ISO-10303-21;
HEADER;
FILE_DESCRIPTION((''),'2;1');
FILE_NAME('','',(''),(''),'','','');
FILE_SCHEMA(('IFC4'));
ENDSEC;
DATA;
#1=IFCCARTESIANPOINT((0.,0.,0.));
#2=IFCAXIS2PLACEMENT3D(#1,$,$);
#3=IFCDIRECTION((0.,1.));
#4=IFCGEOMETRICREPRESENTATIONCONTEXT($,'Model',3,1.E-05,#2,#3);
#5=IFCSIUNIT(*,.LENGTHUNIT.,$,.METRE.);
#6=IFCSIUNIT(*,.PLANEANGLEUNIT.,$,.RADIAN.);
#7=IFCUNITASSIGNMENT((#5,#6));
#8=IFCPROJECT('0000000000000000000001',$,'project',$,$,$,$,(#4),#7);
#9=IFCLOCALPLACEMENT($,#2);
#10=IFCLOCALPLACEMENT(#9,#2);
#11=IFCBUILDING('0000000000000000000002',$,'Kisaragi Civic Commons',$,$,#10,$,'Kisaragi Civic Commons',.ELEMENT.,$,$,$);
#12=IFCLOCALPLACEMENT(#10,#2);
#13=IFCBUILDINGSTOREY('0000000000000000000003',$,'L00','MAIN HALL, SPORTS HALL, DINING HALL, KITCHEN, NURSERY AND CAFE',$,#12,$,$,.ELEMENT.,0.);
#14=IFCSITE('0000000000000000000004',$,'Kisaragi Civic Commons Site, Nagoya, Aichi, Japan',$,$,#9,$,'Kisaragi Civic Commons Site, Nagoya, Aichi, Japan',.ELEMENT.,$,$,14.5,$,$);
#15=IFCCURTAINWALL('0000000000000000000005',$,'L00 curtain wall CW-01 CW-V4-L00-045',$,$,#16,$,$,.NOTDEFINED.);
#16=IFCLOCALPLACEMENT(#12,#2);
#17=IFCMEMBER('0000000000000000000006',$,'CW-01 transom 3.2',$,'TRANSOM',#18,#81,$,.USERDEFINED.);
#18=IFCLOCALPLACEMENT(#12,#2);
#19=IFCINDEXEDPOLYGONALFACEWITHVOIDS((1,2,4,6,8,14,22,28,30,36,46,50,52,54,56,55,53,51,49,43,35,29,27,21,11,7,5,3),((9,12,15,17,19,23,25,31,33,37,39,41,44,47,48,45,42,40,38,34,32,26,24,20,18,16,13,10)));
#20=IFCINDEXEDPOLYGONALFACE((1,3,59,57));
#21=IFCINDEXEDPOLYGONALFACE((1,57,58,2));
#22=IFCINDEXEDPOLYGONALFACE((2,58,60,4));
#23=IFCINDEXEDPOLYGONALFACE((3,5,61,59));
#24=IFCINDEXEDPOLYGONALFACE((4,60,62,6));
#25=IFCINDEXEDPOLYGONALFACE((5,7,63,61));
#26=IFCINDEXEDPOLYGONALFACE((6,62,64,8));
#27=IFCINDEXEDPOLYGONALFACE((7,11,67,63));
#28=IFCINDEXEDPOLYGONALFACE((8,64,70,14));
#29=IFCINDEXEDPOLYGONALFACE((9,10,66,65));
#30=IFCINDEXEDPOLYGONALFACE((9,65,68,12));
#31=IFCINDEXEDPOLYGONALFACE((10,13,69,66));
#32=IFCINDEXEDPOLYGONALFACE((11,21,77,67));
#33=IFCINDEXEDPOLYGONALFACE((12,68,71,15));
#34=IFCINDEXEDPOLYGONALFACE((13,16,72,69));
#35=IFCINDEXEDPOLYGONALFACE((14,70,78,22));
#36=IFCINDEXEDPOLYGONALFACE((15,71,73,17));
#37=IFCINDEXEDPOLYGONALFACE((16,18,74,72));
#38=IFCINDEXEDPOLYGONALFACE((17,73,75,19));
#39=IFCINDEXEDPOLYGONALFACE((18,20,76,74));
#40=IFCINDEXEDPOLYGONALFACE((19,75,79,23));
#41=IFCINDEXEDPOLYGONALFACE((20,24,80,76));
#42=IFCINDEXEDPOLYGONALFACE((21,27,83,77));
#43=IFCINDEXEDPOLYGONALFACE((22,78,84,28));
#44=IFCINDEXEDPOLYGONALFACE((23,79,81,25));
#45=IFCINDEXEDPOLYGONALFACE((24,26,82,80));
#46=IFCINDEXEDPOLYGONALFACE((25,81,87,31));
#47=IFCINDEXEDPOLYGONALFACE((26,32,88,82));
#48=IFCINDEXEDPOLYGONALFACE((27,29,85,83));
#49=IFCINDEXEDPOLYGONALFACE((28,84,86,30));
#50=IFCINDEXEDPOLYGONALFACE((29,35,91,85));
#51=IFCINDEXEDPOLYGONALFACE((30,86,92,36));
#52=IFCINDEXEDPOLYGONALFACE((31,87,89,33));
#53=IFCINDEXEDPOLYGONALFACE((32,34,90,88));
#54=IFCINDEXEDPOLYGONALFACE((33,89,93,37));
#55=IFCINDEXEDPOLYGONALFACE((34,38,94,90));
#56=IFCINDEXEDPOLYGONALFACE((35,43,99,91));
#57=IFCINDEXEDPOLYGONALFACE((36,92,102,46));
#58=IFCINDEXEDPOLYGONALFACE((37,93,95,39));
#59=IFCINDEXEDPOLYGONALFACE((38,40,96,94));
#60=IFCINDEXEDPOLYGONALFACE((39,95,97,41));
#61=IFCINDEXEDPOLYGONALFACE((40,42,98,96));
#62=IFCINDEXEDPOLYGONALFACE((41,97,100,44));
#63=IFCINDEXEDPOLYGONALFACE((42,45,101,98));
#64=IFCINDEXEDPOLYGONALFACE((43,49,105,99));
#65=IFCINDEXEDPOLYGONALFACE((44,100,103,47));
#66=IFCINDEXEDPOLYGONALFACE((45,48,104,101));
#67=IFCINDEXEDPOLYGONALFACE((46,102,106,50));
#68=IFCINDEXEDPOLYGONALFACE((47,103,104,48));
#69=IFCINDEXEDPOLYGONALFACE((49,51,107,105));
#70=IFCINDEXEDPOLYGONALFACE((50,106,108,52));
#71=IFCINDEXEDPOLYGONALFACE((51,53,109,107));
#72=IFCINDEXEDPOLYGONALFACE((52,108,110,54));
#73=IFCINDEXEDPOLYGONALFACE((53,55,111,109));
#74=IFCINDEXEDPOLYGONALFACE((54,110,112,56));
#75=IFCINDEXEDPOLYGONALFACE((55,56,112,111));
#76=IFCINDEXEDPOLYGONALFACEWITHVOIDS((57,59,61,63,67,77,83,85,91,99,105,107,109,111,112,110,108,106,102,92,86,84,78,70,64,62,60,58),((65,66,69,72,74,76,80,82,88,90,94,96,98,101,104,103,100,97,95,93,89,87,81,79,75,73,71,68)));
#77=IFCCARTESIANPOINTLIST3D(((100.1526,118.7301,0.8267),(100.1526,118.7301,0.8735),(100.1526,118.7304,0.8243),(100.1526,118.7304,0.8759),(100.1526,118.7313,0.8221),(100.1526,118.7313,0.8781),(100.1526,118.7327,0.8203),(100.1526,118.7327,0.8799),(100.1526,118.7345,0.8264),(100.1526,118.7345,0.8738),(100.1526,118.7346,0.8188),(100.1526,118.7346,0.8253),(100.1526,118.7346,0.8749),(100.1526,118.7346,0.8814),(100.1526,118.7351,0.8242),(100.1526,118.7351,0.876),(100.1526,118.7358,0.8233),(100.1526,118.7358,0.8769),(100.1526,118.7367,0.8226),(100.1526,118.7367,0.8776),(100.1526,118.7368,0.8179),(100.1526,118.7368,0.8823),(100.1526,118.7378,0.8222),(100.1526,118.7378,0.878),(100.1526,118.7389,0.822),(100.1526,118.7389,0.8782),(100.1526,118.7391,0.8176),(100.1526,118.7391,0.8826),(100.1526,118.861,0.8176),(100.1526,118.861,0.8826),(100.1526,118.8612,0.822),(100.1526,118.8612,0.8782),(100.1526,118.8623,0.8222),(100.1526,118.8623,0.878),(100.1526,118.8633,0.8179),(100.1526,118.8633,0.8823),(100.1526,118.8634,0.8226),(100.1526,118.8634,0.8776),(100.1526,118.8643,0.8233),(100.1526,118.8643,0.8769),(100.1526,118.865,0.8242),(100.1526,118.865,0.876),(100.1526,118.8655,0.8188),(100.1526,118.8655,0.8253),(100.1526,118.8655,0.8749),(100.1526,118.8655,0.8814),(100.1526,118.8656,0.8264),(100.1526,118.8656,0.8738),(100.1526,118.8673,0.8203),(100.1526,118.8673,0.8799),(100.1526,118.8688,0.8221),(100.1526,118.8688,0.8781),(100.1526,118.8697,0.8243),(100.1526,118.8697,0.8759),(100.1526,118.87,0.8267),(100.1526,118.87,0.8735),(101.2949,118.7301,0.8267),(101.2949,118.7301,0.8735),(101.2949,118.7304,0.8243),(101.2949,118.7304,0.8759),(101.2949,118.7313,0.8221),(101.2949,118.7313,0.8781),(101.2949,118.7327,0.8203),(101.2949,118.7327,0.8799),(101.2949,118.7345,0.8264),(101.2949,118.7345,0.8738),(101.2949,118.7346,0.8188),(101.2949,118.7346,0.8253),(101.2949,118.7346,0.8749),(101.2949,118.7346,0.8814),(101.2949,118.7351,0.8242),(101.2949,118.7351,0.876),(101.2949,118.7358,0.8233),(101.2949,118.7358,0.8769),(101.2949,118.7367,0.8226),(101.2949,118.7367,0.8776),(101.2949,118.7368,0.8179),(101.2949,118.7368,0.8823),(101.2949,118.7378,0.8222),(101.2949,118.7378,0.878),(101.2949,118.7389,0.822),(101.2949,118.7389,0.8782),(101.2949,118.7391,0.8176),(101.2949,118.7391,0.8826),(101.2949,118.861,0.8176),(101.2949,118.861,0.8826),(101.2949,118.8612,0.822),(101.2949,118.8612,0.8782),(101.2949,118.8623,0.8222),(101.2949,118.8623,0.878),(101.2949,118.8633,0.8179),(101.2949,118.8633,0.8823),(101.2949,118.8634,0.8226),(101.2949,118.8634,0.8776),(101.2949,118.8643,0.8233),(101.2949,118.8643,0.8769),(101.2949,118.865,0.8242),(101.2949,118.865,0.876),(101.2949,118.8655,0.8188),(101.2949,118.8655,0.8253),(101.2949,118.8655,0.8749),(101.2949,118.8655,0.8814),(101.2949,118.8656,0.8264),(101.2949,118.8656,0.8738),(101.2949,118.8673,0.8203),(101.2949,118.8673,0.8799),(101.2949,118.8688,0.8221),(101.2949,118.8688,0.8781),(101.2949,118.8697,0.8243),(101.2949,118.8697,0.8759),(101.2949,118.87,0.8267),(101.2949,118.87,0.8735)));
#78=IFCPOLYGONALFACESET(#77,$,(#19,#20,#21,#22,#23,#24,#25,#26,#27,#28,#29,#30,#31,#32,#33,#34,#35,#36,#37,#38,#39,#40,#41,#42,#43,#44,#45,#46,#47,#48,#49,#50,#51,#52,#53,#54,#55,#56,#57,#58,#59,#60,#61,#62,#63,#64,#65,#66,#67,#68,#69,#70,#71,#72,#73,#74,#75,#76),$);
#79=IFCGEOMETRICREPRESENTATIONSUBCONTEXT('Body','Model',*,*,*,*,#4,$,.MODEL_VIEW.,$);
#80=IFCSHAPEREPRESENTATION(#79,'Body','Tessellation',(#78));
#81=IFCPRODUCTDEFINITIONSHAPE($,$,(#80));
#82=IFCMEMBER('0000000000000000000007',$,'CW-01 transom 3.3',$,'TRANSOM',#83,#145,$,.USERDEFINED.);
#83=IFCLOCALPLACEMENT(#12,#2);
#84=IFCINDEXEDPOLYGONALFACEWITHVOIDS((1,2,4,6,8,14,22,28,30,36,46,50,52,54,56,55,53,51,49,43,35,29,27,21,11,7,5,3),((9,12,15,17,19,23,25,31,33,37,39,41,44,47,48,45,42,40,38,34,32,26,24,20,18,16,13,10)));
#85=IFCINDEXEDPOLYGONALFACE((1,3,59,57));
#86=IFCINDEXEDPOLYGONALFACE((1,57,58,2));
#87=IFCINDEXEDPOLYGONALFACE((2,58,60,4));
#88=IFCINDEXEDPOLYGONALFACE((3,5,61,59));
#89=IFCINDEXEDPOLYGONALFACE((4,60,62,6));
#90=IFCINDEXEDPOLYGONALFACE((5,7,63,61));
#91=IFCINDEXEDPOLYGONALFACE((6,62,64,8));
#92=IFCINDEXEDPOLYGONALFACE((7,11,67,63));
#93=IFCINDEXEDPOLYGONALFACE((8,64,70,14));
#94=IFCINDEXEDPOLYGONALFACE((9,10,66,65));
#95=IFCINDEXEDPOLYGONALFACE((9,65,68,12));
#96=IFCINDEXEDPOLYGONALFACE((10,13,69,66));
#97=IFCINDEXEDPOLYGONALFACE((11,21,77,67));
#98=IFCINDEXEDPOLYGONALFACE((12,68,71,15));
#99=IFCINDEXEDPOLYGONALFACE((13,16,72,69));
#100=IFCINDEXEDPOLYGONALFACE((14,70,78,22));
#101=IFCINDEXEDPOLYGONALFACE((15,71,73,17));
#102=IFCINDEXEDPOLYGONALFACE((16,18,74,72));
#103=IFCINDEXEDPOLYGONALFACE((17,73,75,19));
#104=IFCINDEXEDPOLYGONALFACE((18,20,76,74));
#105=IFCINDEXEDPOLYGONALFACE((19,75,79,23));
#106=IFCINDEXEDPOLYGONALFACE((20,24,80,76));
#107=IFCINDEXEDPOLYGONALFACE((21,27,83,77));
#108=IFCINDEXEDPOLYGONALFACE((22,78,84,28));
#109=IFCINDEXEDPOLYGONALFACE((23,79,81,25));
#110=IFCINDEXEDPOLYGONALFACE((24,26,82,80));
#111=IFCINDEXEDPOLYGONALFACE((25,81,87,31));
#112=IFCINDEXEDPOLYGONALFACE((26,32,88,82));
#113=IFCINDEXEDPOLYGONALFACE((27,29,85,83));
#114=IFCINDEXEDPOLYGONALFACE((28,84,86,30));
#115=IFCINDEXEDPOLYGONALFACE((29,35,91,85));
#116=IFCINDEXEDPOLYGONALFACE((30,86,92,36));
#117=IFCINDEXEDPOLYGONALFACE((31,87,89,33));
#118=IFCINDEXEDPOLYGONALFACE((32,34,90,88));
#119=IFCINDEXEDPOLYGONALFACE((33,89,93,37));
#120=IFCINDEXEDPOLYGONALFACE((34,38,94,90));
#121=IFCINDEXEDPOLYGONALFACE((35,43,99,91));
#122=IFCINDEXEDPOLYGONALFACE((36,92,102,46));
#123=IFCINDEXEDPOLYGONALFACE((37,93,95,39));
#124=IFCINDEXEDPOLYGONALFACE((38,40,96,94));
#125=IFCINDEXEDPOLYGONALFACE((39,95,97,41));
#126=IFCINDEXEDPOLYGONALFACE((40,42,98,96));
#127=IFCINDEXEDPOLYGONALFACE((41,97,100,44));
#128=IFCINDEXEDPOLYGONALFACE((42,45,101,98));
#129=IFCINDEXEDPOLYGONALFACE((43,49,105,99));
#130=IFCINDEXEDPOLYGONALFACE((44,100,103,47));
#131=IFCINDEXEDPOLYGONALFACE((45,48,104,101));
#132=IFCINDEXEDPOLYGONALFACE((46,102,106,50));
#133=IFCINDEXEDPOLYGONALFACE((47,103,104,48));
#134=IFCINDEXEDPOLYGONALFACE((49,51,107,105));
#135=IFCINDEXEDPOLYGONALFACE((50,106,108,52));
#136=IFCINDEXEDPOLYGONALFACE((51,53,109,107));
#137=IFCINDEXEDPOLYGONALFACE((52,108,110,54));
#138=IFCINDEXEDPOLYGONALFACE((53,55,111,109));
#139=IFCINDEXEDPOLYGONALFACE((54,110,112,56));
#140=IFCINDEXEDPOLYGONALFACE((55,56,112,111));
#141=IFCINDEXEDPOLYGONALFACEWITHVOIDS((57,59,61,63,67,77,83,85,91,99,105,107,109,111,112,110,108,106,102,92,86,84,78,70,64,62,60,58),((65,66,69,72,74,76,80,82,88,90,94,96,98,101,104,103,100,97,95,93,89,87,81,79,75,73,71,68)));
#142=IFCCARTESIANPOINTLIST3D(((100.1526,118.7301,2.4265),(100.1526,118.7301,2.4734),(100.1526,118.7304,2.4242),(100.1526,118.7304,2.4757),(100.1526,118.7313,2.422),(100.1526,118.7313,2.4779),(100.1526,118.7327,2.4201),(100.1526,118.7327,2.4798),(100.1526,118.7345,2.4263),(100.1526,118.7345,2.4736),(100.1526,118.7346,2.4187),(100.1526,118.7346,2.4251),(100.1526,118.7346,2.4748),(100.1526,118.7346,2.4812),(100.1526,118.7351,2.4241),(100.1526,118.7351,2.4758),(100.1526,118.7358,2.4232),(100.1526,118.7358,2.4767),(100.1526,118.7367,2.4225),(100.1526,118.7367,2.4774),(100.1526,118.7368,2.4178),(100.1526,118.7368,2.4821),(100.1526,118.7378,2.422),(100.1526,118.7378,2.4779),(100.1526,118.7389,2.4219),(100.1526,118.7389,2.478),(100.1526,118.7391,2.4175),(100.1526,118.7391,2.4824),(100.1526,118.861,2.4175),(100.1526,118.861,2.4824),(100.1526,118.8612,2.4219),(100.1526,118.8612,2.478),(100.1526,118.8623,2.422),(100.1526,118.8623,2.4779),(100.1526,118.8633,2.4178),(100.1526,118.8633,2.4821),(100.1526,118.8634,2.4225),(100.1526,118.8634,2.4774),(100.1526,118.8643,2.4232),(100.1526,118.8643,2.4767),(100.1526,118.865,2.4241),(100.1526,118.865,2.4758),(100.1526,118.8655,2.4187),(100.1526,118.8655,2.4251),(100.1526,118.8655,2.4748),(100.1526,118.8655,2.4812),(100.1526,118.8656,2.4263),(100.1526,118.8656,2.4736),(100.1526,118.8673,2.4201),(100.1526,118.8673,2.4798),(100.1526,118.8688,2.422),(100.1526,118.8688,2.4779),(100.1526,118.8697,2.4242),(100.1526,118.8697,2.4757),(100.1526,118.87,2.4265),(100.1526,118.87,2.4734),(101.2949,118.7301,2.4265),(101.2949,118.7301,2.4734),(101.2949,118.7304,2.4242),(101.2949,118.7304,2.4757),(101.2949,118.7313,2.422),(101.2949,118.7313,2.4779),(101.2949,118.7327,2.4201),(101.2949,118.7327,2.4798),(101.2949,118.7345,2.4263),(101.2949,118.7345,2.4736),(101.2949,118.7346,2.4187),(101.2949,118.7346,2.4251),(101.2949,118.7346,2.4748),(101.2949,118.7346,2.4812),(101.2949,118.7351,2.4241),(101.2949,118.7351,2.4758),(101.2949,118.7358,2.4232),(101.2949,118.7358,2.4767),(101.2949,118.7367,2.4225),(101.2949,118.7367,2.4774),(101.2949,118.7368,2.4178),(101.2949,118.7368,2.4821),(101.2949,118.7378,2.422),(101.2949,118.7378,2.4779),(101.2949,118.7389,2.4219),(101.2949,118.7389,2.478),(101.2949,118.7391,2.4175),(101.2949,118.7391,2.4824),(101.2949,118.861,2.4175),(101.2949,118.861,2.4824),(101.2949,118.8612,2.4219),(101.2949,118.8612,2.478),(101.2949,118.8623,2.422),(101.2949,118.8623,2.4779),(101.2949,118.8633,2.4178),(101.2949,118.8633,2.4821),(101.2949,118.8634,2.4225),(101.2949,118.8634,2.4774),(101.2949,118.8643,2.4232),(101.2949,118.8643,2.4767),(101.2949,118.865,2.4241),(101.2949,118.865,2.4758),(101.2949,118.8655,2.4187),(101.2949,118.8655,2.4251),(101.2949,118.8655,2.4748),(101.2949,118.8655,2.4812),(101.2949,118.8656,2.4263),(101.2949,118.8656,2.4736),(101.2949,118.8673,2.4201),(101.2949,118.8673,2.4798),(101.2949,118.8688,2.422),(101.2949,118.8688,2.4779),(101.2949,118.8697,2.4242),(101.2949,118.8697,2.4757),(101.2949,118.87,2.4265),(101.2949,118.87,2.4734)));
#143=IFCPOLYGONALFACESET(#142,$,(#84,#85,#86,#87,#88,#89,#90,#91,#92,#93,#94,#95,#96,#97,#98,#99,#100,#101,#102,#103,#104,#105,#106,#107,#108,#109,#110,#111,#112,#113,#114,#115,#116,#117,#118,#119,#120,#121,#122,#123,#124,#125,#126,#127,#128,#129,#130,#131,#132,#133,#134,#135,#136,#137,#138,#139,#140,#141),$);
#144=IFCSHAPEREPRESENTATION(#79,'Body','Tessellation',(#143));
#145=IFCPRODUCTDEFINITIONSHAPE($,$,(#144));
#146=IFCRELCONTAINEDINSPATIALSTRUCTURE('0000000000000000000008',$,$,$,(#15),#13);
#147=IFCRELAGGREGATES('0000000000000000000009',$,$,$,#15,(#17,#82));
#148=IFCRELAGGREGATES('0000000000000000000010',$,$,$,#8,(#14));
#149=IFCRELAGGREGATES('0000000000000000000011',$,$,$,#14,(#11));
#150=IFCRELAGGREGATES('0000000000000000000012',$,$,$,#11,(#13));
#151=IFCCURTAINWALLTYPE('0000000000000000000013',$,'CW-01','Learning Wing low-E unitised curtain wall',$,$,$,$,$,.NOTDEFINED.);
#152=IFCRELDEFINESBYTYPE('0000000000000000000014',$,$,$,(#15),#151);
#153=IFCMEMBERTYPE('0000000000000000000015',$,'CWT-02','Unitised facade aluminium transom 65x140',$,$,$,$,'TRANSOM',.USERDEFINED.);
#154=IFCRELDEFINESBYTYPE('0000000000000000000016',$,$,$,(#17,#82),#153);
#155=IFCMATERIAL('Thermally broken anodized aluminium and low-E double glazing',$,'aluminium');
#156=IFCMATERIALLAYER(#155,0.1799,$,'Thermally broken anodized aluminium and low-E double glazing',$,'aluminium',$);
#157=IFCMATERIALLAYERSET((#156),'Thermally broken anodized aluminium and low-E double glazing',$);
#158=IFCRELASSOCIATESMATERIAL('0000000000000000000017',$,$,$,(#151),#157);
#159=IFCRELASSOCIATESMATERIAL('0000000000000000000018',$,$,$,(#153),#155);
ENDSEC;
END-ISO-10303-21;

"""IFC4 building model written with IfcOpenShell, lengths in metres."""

from ifc_helpers import new_model, si_unit, direction, frame, origin, origin_2d, place, context, subcontext, project, spatial, hollow_rectangle, extrude, material, layer, layer_set, material_profile, profile_set, type_object, element, aggregate, save


model = new_model("IFC4")

# Units and contexts
model_context = context("Model", 3, precision=1e-05, world=origin(), true_north=direction((0.0, 1.0)))
body_context = subcontext(model_context, "Body", "Model", "MODEL_VIEW")
ifc_project = project(units=[si_unit("LENGTHUNIT", "METRE"), si_unit("PLANEANGLEUNIT", "RADIAN")], contexts=[model_context])

# Site, building, storey
site_placement = place(None, origin())
site = spatial("IfcSite", under=ifc_project, at=site_placement, Name="Kisaragi Civic Commons Site, Nagoya, Aichi, Japan", LongName="Kisaragi Civic Commons Site, Nagoya, Aichi, Japan", CompositionType="ELEMENT", RefElevation=14.5)
building_placement = place(site_placement, origin())
building = spatial("IfcBuilding", under=site, at=building_placement, Name="Kisaragi Civic Commons", LongName="Kisaragi Civic Commons", CompositionType="ELEMENT")
storey_placement = place(building_placement, origin())
storey = spatial("IfcBuildingStorey", under=building, at=storey_placement, Name="L00", Description="MAIN HALL, SPORTS HALL, DINING HALL, KITCHEN, NURSERY AND CAFE", CompositionType="ELEMENT", Elevation=0.0)

# Curtain wall, members
ifc_material_1 = material(Name="Thermally broken anodized aluminium and low-E double glazing", Category="aluminium")
ifc_layer_1 = layer(ifc_material_1, 0.1799, Name="Thermally broken anodized aluminium and low-E double glazing", Category="aluminium")
ifc_layer_set_1 = layer_set([ifc_layer_1], Name="Thermally broken anodized aluminium and low-E double glazing")
curtain_wall_type = type_object("IfcCurtainWallType", Name="CW-01", Description="Learning Wing low-E unitised curtain wall", PredefinedType="NOTDEFINED", material=ifc_layer_set_1)
curtain_wall_placement = place(storey_placement, origin())
curtain_wall = element("IfcCurtainWall", 1, at=curtain_wall_placement, inside=storey, type_object=curtain_wall_type, Name="L00 curtain wall CW-01 CW-V4-L00-045", PredefinedType="NOTDEFINED")
ifc_material_profile_1 = material_profile(ifc_material_1, hollow_rectangle(XDim=0.1399, YDim=0.0649, WallThickness=0.0044, InnerFilletRadius=0.0044, OuterFilletRadius=0.009, at=origin_2d()), Name="CWT-65x140x4.5", Category="aluminium")
ifc_profile_set_1 = profile_set([ifc_material_profile_1], Name="Thermally broken anodized aluminium and low-E double glazing")
member_type_1 = type_object("IfcMemberType", Name="CWT-02", Description="Unitised facade aluminium transom 65x140", ElementType="TRANSOM", PredefinedType="USERDEFINED", material=ifc_profile_set_1)
member_1_placement = place(storey_placement, frame((100.1526, 118.8, 0.8501), z_axis=(1.0, 0.0, 0.0), x_axis=(0.0, 1.0, 0.0)))
member_1 = element("IfcMember", 2, at=member_1_placement, type_object=member_type_1, Name="CW-01 transom 3.2", ObjectType="TRANSOM", PredefinedType="USERDEFINED", context=body_context, shape_type="SweptSolid", body=[
    extrude(hollow_rectangle(XDim=0.1399, YDim=0.0649, WallThickness=0.0044, InnerFilletRadius=0.0044, OuterFilletRadius=0.009, at=origin_2d()), origin(), (0.0, 0.0, 1.0), 1.1423),
])
member_2_placement = place(storey_placement, frame((100.1526, 118.8, 2.45), z_axis=(1.0, 0.0, 0.0), x_axis=(0.0, 1.0, 0.0)))
member_2 = element("IfcMember", 3, at=member_2_placement, type_object=member_type_1, Name="CW-01 transom 3.3", ObjectType="TRANSOM", PredefinedType="USERDEFINED", context=body_context, shape_type="SweptSolid", body=[
    extrude(hollow_rectangle(XDim=0.1399, YDim=0.0649, WallThickness=0.0044, InnerFilletRadius=0.0044, OuterFilletRadius=0.009, at=origin_2d()), origin(), (0.0, 0.0, 1.0), 1.1423),
])

aggregate(curtain_wall, [member_1, member_2])

save(model, "model.ifc")
